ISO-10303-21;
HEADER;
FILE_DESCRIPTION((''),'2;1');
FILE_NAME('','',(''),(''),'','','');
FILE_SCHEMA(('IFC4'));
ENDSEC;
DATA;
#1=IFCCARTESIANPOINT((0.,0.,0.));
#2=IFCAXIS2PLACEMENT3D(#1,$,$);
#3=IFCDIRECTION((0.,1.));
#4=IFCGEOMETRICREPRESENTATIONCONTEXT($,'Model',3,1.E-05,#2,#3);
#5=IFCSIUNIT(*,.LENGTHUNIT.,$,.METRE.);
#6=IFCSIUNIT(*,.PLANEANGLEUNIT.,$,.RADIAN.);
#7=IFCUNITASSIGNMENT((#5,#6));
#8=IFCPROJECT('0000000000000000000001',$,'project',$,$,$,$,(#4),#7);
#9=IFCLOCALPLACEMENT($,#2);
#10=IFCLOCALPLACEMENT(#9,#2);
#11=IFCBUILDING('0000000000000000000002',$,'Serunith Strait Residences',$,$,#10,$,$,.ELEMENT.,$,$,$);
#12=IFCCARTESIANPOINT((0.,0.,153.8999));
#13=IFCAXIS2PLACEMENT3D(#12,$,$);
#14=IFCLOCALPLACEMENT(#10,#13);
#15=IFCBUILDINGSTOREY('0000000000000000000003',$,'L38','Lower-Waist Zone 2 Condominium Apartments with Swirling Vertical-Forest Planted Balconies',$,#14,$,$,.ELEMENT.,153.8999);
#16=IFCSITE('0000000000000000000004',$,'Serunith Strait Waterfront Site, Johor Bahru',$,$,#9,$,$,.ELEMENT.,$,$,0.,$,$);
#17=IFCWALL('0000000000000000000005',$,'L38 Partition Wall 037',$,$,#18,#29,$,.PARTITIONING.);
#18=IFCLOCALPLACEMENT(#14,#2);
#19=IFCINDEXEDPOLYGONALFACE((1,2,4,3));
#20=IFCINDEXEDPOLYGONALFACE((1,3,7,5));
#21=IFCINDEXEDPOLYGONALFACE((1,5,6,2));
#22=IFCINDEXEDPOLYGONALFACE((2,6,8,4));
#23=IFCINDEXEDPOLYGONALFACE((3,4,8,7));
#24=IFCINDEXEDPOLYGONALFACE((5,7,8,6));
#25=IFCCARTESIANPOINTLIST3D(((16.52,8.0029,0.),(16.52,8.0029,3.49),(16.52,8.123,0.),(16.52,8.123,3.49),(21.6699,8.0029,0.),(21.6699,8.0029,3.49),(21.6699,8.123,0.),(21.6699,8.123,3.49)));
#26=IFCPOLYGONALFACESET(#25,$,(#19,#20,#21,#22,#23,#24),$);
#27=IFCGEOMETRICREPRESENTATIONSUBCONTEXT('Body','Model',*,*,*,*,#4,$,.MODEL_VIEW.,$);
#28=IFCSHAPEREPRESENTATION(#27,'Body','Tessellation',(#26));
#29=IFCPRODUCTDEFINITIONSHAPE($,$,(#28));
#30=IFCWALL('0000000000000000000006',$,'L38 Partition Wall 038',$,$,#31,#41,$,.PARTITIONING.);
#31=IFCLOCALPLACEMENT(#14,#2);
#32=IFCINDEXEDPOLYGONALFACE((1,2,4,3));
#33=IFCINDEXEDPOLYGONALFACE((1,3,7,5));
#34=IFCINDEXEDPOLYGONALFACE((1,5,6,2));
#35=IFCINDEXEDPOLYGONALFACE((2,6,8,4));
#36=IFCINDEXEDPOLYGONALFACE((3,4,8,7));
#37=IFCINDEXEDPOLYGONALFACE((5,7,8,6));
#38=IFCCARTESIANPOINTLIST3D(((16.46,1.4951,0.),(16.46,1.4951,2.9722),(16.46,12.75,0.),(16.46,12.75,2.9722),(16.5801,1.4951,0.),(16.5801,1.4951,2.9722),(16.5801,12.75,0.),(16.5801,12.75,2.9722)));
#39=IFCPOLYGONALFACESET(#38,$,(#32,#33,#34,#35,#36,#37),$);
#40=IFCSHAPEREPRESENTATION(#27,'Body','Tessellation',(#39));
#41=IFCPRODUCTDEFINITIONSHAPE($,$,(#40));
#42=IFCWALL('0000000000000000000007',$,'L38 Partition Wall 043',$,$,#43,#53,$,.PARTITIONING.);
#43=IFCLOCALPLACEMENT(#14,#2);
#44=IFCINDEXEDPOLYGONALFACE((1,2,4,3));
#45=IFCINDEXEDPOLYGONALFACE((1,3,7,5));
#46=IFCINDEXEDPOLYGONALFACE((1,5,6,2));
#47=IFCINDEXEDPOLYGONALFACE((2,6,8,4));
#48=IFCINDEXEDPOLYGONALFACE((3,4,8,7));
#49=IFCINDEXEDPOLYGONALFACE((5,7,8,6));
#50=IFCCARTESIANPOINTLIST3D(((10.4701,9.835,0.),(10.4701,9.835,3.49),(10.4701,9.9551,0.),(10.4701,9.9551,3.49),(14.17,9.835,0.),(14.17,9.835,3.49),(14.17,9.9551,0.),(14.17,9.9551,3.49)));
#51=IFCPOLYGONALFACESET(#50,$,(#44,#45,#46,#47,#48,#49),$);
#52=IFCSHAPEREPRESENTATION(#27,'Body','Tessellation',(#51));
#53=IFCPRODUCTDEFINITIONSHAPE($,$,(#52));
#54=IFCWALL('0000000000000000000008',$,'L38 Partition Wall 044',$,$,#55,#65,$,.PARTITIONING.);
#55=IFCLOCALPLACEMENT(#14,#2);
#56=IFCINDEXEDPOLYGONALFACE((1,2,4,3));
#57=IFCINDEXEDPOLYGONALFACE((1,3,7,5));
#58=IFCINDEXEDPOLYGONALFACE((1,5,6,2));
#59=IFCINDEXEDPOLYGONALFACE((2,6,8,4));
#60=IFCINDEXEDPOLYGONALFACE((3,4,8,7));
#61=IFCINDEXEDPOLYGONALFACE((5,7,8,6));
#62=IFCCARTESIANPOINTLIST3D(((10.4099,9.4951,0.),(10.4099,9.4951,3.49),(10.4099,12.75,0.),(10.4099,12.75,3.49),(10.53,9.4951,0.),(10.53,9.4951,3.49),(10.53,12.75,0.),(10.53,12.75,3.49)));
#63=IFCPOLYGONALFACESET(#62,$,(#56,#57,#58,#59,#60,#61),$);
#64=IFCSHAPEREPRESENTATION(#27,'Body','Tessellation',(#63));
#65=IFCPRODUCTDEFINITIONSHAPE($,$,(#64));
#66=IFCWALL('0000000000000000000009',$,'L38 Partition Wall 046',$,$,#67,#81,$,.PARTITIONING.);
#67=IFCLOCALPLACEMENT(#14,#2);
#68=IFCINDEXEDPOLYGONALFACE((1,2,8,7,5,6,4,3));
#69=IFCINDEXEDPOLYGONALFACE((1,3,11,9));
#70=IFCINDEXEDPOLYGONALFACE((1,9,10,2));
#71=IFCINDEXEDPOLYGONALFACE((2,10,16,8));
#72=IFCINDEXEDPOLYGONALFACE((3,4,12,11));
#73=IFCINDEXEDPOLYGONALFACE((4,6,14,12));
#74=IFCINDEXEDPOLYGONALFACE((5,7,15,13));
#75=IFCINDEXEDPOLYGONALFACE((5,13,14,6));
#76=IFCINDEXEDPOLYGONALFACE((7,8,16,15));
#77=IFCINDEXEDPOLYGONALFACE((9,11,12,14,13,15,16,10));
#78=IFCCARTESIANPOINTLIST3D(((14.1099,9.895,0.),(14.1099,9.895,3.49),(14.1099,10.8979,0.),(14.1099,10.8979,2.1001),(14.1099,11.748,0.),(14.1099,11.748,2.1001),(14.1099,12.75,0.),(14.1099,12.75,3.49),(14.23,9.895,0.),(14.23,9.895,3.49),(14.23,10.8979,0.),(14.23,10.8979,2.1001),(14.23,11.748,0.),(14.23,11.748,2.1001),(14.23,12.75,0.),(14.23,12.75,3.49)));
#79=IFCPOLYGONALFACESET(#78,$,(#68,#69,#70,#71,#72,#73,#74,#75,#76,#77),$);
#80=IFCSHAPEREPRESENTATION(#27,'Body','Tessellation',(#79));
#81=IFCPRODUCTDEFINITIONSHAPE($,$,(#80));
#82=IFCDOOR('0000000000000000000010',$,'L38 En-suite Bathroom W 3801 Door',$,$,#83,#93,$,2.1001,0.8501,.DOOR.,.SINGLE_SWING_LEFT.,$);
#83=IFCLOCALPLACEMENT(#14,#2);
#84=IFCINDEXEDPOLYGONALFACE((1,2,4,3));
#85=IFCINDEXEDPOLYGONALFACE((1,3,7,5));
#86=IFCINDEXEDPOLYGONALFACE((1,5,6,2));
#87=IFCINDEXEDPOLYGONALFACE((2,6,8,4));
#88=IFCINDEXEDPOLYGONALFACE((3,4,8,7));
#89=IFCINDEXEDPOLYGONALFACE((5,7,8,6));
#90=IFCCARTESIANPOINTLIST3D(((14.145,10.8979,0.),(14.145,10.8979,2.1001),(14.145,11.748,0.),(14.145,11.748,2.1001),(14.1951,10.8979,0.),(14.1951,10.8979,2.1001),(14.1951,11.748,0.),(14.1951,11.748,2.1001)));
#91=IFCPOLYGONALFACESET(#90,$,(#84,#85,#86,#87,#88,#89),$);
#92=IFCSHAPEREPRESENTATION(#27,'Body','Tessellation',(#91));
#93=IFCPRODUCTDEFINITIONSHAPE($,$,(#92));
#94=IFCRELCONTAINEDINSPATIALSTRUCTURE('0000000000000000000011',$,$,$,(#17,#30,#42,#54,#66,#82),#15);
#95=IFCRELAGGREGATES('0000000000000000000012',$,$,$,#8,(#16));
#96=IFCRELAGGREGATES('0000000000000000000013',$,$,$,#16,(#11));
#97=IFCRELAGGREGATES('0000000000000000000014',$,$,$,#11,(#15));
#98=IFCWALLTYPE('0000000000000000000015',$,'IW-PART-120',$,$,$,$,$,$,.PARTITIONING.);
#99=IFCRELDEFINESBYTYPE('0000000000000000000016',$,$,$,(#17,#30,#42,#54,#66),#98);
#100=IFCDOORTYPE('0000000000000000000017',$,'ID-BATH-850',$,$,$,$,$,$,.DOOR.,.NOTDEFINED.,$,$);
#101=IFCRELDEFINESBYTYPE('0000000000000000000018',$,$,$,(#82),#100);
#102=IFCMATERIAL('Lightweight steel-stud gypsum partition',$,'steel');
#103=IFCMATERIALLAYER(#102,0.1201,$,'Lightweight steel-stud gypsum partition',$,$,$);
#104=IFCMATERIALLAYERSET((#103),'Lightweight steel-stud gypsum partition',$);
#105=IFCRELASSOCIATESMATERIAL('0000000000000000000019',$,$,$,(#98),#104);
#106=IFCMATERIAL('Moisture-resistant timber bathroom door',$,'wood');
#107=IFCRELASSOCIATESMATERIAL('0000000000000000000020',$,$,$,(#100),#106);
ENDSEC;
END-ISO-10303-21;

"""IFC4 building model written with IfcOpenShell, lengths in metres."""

from ifc_helpers import new_model, si_unit, direction, frame, frame_2d, origin, place, context, subcontext, project, spatial, rectangle, extrude, source, transform, mapped, material, layer, layer_set, type_object, element, fill, save


model = new_model("IFC4")

# Units and contexts
model_context = context("Model", 3, precision=1e-05, world=origin(), true_north=direction((0.0, 1.0)))
body_context = subcontext(model_context, "Body", "Model", "MODEL_VIEW")
ifc_project = project(units=[si_unit("LENGTHUNIT", "METRE"), si_unit("PLANEANGLEUNIT", "RADIAN")], contexts=[model_context])

# Site, building, storey
site_placement = place(None, origin())
site = spatial("IfcSite", under=ifc_project, at=site_placement, Name="Serunith Strait Waterfront Site, Johor Bahru", CompositionType="ELEMENT", RefElevation=0.0)
building_placement = place(site_placement, origin())
building = spatial("IfcBuilding", under=site, at=building_placement, Name="Serunith Strait Residences", CompositionType="ELEMENT")
storey_placement = place(building_placement, frame((0.0, 0.0, 153.8999)))
storey = spatial("IfcBuildingStorey", under=building, at=storey_placement, Name="L38", Description="Lower-Waist Zone 2 Condominium Apartments with Swirling Vertical-Forest Planted Balconies", CompositionType="ELEMENT", Elevation=153.8999)

# Walls
ifc_material_1 = material(Name="Lightweight steel-stud gypsum partition", Category="steel")
ifc_layer_1 = layer(ifc_material_1, 0.1201, Name="Lightweight steel-stud gypsum partition")
ifc_layer_set_1 = layer_set([ifc_layer_1], Name="Lightweight steel-stud gypsum partition")
wall_type_1 = type_object("IfcWallType", Name="IW-PART-120", PredefinedType="PARTITIONING", material=ifc_layer_set_1)
wall_1_placement = place(storey_placement, frame((16.52, 8.063, 0.0), z_axis=(0.0, 0.0, 1.0), x_axis=(1.0, 0.0, 0.0)))
element("IfcWall", 1, at=wall_1_placement, inside=storey, type_object=wall_type_1, Name="L38 Partition Wall 037", PredefinedType="PARTITIONING", context=body_context, shape_type="SweptSolid", body=[
    extrude(rectangle(XDim=5.1499, YDim=0.1201, at=frame_2d((2.575, 0.0))), origin(), (0.0, 0.0, 1.0), 3.49),
])
wall_2_placement = place(storey_placement, frame((16.52, 1.4951, 0.0), z_axis=(0.0, 0.0, 1.0), x_axis=(0.0, 1.0, 0.0)))
element("IfcWall", 2, at=wall_2_placement, inside=storey, type_object=wall_type_1, Name="L38 Partition Wall 038", PredefinedType="PARTITIONING", context=body_context, shape_type="SweptSolid", body=[
    extrude(rectangle(XDim=11.2549, YDim=0.1201, at=frame_2d((5.6274, 0.0))), origin(), (0.0, 0.0, 1.0), 2.9722),
])
wall_3_placement = place(storey_placement, frame((10.47, 9.895, 0.0), z_axis=(0.0, 0.0, 1.0), x_axis=(1.0, 0.0, 0.0)))
element("IfcWall", 3, at=wall_3_placement, inside=storey, type_object=wall_type_1, Name="L38 Partition Wall 043", PredefinedType="PARTITIONING", context=body_context, shape_type="SweptSolid", body=[
    extrude(rectangle(XDim=3.7, YDim=0.1201, at=frame_2d((1.8501, 0.0))), origin(), (0.0, 0.0, 1.0), 3.49),
])
wall_4_placement = place(storey_placement, frame((10.47, 9.4951, 0.0), z_axis=(0.0, 0.0, 1.0), x_axis=(0.0, 1.0, 0.0)))
element("IfcWall", 4, at=wall_4_placement, inside=storey, type_object=wall_type_1, Name="L38 Partition Wall 044", PredefinedType="PARTITIONING", context=body_context, shape_type="SweptSolid", body=[
    extrude(rectangle(XDim=3.2549, YDim=0.1201, at=frame_2d((1.6274, 0.0))), origin(), (0.0, 0.0, 1.0), 3.49),
])

# Wall, opening, door
wall_5_placement = place(storey_placement, frame((14.1699, 9.895, 0.0), z_axis=(0.0, 0.0, 1.0), x_axis=(0.0, 1.0, 0.0)))
wall_5 = element("IfcWall", 5, at=wall_5_placement, inside=storey, type_object=wall_type_1, Name="L38 Partition Wall 046", PredefinedType="PARTITIONING", context=body_context, shape_type="SweptSolid", body=[
    extrude(rectangle(XDim=2.855, YDim=0.1201, at=frame_2d((1.4275, 0.0))), origin(), (0.0, 0.0, 1.0), 3.49),
])
opening_1_placement = place(wall_5_placement, frame((1.0029, 0.0, 0.0)))
opening_1 = element("IfcOpeningElement", 6, at=opening_1_placement, cuts=wall_5, PredefinedType="OPENING", context=body_context, shape_type="SweptSolid", body=[
    extrude(rectangle(XDim=0.8501, YDim=2.1001, at=frame_2d((0.425, 1.05))), frame((0.0, 0.0701, 0.0), z_axis=(0.0, -1.0, 0.0), x_axis=(1.0, 0.0, 0.0)), (0.0, 0.0, 1.0), 0.1401),
])
ifc_material_2 = material(Name="Moisture-resistant timber bathroom door", Category="wood")
door_type = type_object("IfcDoorType", Name="ID-BATH-850", OperationType="NOTDEFINED", PredefinedType="DOOR", material=ifc_material_2)
shared_shape_1 = source(origin(), body_context, "Body", "SweptSolid", [
    extrude(rectangle(XDim=0.8501, YDim=2.1001, at=frame_2d((0.425, 1.05))), frame((0.0, 0.0249, 0.0), z_axis=(0.0, -1.0, 0.0), x_axis=(1.0, 0.0, 0.0)), (0.0, 0.0, 1.0), 0.05),
])
door_placement = place(opening_1_placement, origin())
door = element("IfcDoor", 7, at=door_placement, inside=storey, type_object=door_type, Name="L38 En-suite Bathroom W 3801 Door", OperationType="SINGLE_SWING_LEFT", OverallHeight=2.1001, OverallWidth=0.8501, PredefinedType="DOOR", context=body_context, shape_type="MappedRepresentation", body=[
    mapped(shared_shape_1, transform((0.0, 0.0, 0.0), scale=1.0)),
])
fill(opening_1, door)

save(model, "model.ifc")
